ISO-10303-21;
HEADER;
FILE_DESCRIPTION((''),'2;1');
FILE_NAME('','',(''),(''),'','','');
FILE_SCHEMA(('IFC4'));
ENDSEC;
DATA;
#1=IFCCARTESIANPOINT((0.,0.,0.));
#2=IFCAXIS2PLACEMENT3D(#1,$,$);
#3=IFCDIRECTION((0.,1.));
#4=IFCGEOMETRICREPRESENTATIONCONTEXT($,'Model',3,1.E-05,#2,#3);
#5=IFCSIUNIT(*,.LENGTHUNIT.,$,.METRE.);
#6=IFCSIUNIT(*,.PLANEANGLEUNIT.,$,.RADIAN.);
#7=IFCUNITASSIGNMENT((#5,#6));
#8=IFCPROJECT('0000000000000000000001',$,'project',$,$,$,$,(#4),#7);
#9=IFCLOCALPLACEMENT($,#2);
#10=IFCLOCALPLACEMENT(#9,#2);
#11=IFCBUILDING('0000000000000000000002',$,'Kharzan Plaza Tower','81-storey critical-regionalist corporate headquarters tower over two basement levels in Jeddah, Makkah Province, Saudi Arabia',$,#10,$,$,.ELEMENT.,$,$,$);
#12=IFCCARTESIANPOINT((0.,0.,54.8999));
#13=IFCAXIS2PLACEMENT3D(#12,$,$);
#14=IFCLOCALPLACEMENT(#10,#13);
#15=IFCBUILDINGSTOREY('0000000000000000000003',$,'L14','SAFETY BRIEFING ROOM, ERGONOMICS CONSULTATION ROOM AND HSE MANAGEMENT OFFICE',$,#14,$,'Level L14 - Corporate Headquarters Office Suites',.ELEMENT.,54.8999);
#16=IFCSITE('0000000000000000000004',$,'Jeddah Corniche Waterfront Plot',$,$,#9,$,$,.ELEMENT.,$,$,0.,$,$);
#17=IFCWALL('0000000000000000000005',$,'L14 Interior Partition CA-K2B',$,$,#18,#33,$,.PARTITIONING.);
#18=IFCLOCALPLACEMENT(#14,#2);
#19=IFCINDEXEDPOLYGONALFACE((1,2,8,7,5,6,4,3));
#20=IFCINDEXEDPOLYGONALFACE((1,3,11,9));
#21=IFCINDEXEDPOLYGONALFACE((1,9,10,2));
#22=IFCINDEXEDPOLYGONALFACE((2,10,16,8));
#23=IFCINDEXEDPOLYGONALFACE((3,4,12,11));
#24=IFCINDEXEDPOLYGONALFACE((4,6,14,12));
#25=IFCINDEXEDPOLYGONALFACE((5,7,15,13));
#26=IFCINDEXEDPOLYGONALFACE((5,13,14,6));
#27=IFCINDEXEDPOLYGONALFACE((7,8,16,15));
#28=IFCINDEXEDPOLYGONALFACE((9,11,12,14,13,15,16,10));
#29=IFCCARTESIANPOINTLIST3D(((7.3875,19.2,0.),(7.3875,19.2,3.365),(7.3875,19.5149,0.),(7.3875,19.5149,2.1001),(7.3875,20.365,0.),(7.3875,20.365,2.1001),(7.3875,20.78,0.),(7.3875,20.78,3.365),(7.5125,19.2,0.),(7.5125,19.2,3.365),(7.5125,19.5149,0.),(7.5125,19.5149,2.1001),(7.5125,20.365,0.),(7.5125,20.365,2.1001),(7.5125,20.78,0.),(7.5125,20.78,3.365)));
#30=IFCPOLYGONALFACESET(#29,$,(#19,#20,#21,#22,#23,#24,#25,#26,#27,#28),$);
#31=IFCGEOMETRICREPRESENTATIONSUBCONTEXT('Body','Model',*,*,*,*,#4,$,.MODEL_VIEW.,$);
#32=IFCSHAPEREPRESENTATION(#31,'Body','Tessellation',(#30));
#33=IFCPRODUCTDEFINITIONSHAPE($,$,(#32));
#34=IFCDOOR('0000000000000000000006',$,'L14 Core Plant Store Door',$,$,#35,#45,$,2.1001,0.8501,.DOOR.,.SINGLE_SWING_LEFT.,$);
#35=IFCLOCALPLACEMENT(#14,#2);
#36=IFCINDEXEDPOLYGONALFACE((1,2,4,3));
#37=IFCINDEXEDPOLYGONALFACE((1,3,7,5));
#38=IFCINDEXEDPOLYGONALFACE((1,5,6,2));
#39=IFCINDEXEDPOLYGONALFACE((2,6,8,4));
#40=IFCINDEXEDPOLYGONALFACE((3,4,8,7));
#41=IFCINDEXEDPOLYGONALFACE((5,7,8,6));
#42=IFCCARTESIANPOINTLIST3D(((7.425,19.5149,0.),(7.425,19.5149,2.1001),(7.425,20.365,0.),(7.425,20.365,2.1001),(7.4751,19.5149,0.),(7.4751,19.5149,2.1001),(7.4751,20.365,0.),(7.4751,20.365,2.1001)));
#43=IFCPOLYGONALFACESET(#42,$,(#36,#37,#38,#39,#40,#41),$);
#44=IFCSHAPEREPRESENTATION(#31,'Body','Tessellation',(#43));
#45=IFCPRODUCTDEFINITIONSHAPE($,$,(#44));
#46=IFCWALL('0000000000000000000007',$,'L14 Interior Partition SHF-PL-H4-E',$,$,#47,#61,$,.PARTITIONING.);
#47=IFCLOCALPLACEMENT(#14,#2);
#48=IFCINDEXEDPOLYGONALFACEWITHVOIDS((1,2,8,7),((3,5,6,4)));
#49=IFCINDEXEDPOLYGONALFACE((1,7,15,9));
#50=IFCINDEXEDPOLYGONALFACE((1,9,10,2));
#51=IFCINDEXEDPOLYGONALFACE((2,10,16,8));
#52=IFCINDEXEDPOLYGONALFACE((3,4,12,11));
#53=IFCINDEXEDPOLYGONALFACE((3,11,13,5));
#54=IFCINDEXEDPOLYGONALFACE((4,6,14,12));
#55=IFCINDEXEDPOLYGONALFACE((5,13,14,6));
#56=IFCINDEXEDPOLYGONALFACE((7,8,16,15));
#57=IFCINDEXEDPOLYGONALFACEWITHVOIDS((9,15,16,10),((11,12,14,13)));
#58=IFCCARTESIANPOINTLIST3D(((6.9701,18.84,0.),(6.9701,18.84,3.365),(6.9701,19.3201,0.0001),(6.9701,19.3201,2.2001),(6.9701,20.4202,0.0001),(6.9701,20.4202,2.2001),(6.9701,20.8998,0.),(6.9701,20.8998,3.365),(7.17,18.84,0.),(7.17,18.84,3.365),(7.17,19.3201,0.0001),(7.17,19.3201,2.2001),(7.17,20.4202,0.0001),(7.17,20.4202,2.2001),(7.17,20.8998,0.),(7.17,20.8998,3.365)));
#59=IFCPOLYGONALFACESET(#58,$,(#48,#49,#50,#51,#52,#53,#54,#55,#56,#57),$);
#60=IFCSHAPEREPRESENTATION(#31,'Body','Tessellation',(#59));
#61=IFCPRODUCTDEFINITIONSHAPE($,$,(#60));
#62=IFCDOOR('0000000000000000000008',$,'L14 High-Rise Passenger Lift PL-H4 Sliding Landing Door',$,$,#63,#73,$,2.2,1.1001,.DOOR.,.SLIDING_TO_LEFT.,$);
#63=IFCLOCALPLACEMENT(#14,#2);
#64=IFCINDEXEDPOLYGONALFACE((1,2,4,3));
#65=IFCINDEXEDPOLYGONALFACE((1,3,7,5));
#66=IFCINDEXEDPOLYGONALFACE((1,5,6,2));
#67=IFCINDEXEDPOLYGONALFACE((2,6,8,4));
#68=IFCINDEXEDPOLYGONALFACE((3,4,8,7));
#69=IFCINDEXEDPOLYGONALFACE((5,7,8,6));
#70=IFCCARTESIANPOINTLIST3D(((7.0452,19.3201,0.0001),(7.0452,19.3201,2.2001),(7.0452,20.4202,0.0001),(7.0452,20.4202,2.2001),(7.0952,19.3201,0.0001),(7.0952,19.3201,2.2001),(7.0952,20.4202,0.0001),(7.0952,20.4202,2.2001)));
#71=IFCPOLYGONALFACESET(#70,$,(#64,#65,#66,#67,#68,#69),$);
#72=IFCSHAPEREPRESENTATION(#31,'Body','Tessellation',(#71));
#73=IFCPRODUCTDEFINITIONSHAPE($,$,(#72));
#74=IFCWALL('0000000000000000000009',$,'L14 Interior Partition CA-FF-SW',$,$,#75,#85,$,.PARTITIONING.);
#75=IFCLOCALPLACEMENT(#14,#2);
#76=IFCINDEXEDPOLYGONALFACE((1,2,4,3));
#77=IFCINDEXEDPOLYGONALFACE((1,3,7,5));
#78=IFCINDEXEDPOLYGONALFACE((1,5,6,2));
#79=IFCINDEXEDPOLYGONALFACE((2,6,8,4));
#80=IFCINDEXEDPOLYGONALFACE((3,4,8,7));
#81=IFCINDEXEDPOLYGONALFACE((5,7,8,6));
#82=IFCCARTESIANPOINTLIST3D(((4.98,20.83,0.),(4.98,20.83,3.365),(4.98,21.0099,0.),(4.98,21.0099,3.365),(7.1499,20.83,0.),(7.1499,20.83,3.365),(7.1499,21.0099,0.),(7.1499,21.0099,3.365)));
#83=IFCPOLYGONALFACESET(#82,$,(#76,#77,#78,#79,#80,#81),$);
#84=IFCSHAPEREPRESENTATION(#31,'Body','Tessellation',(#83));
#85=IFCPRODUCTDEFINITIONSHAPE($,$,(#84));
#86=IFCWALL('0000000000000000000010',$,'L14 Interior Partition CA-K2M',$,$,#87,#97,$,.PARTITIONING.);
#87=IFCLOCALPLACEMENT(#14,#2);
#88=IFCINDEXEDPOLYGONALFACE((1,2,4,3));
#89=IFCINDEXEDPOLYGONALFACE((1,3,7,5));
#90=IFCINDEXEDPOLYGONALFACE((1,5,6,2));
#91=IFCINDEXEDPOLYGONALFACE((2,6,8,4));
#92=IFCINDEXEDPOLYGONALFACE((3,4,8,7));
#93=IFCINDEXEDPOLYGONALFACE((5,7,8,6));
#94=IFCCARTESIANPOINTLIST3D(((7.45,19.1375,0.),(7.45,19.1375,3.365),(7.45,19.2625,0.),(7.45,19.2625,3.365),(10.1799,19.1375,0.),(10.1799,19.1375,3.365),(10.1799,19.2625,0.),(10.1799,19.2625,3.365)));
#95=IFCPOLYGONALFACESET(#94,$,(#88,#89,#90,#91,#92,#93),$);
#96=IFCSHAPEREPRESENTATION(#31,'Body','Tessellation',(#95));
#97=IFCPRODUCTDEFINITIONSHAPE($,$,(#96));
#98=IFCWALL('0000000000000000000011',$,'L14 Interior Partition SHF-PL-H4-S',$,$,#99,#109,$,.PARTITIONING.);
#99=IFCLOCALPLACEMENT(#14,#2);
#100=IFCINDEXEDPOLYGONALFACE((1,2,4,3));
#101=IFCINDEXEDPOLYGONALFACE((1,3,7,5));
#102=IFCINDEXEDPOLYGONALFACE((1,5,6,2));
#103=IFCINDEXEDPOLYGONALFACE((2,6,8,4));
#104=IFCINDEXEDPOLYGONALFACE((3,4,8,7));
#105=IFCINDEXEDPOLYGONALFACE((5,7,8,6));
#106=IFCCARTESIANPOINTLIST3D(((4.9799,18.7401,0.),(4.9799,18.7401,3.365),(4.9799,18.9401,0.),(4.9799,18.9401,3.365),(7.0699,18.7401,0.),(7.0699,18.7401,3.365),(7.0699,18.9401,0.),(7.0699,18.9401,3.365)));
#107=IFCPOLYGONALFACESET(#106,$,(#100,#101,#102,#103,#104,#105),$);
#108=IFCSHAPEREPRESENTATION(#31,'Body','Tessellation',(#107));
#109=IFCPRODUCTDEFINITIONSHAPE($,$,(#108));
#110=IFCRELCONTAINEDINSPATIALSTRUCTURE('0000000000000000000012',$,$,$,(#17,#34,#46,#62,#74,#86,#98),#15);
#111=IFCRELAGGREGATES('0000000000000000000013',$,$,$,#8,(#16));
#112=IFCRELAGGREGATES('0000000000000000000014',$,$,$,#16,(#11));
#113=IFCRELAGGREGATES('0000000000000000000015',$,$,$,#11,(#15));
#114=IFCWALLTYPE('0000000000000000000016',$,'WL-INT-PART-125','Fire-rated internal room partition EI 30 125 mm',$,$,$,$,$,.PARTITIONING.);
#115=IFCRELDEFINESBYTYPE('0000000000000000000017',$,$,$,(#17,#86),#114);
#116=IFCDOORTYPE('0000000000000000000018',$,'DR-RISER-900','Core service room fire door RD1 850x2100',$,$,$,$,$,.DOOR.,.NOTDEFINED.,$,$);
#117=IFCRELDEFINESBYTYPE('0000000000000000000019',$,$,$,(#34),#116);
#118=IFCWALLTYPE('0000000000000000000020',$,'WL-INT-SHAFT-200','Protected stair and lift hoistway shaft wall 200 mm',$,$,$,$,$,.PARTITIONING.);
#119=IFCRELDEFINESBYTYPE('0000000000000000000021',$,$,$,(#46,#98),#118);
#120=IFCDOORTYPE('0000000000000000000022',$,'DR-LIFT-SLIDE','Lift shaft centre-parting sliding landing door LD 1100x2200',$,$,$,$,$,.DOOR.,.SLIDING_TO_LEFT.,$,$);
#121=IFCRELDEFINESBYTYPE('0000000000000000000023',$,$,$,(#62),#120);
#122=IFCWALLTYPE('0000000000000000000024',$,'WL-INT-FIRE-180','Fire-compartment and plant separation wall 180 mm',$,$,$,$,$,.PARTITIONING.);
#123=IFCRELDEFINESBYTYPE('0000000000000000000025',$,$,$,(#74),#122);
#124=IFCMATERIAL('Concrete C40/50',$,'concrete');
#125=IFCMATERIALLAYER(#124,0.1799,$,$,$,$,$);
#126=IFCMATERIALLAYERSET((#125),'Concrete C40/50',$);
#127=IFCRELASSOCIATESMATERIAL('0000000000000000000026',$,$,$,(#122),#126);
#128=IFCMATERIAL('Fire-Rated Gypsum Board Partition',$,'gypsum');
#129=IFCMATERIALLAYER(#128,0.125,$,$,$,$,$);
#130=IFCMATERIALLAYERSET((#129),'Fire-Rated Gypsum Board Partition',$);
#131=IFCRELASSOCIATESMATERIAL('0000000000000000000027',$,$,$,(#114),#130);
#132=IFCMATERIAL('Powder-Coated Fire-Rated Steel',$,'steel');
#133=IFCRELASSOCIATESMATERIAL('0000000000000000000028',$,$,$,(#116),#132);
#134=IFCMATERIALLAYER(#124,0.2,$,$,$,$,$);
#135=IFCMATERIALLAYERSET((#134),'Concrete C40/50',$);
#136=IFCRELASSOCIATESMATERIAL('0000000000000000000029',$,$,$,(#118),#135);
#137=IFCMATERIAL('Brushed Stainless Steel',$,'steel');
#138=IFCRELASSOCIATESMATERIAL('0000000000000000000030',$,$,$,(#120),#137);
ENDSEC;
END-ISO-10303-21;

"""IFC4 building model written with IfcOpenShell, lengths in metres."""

from ifc_helpers import new_model, si_unit, direction, frame, frame_2d, origin, place, context, subcontext, project, spatial, rectangle, extrude, source, transform, mapped, material, layer, layer_set, type_object, element, fill, save


model = new_model("IFC4")

# Units and contexts
model_context = context("Model", 3, precision=1e-05, world=origin(), true_north=direction((0.0, 1.0)))
body_context = subcontext(model_context, "Body", "Model", "MODEL_VIEW")
ifc_project = project(units=[si_unit("LENGTHUNIT", "METRE"), si_unit("PLANEANGLEUNIT", "RADIAN")], contexts=[model_context])

# Site, building, storey
site_placement = place(None, origin())
site = spatial("IfcSite", under=ifc_project, at=site_placement, Name="Jeddah Corniche Waterfront Plot", CompositionType="ELEMENT", RefElevation=0.0)
building_placement = place(site_placement, origin())
building = spatial("IfcBuilding", under=site, at=building_placement, Name="Kharzan Plaza Tower", Description="81-storey critical-regionalist corporate headquarters tower over two basement levels in Jeddah, Makkah Province, Saudi Arabia", CompositionType="ELEMENT")
storey_placement = place(building_placement, frame((0.0, 0.0, 54.8999)))
storey = spatial("IfcBuildingStorey", under=building, at=storey_placement, Name="L14", Description="SAFETY BRIEFING ROOM, ERGONOMICS CONSULTATION ROOM AND HSE MANAGEMENT OFFICE", LongName="Level L14 - Corporate Headquarters Office Suites", CompositionType="ELEMENT", Elevation=54.8999)

# Shared definitions
ifc_material_1 = material(Name="Concrete C40/50", Category="concrete")

# Walls, openings, doors
ifc_layer_1 = layer(ifc_material_1, 0.1799)
ifc_layer_set_1 = layer_set([ifc_layer_1], Name="Concrete C40/50")
wall_type_1 = type_object("IfcWallType", Name="WL-INT-FIRE-180", Description="Fire-compartment and plant separation wall 180 mm", PredefinedType="PARTITIONING", material=ifc_layer_set_1)
ifc_material_2 = material(Name="Fire-Rated Gypsum Board Partition", Category="gypsum")
ifc_layer_2 = layer(ifc_material_2, 0.125)
ifc_layer_set_2 = layer_set([ifc_layer_2], Name="Fire-Rated Gypsum Board Partition")
wall_type_2 = type_object("IfcWallType", Name="WL-INT-PART-125", Description="Fire-rated internal room partition EI 30 125 mm", PredefinedType="PARTITIONING", material=ifc_layer_set_2)
wall_1_placement = place(storey_placement, frame((7.45, 19.2, 0.0), z_axis=(0.0, 0.0, 1.0), x_axis=(0.0, 1.0, 0.0)))
wall_1 = element("IfcWall", 1, at=wall_1_placement, inside=storey, type_object=wall_type_2, Name="L14 Interior Partition CA-K2B", PredefinedType="PARTITIONING", context=body_context, shape_type="SweptSolid", body=[
    extrude(rectangle(XDim=1.5801, YDim=0.125, at=frame_2d((0.79, 0.0))), origin(), (0.0, 0.0, 1.0), 3.365),
])
opening_1_placement = place(wall_1_placement, frame((0.3149, 0.0, 0.0)))
opening_1 = element("IfcOpeningElement", 2, at=opening_1_placement, cuts=wall_1, PredefinedType="OPENING", context=body_context, shape_type="SweptSolid", body=[
    extrude(rectangle(XDim=0.8501, YDim=2.1001, at=frame_2d((0.425, 1.05))), frame((0.0, 0.0725, 0.0), z_axis=(0.0, -1.0, 0.0), x_axis=(1.0, 0.0, 0.0)), (0.0, 0.0, 1.0), 0.145),
])
ifc_material_3 = material(Name="Powder-Coated Fire-Rated Steel", Category="steel")
door_type_1 = type_object("IfcDoorType", Name="DR-RISER-900", Description="Core service room fire door RD1 850x2100", OperationType="NOTDEFINED", PredefinedType="DOOR", material=ifc_material_3)
shared_shape_1 = source(origin(), body_context, "Body", "SweptSolid", [
    extrude(rectangle(XDim=0.8501, YDim=2.1001, at=frame_2d((0.425, 1.05))), frame((0.0, 0.0249, 0.0), z_axis=(0.0, -1.0, 0.0), x_axis=(1.0, 0.0, 0.0)), (0.0, 0.0, 1.0), 0.05),
])
door_1_placement = place(opening_1_placement, origin())
door_1 = element("IfcDoor", 3, at=door_1_placement, inside=storey, type_object=door_type_1, Name="L14 Core Plant Store Door", OperationType="SINGLE_SWING_LEFT", OverallHeight=2.1001, OverallWidth=0.8501, PredefinedType="DOOR", context=body_context, shape_type="MappedRepresentation", body=[
    mapped(shared_shape_1, transform((0.0, 0.0, 0.0), x_axis=(1.0, 0.0, 0.0), y_axis=(0.0, 1.0, 0.0), z_axis=(0.0, 0.0, 1.0))),
])
fill(opening_1, door_1)
ifc_layer_3 = layer(ifc_material_1, 0.2)
ifc_layer_set_3 = layer_set([ifc_layer_3], Name="Concrete C40/50")
wall_type_3 = type_object("IfcWallType", Name="WL-INT-SHAFT-200", Description="Protected stair and lift hoistway shaft wall 200 mm", PredefinedType="PARTITIONING", material=ifc_layer_set_3)
wall_2_placement = place(storey_placement, frame((7.0701, 18.8401, 0.0), z_axis=(0.0, 0.0, 1.0), x_axis=(0.0, 1.0, 0.0)))
wall_2 = element("IfcWall", 4, at=wall_2_placement, inside=storey, type_object=wall_type_3, Name="L14 Interior Partition SHF-PL-H4-E", PredefinedType="PARTITIONING", context=body_context, shape_type="SweptSolid", body=[
    extrude(rectangle(XDim=2.0598, YDim=0.2, at=frame_2d((1.0298, 0.0))), origin(), (0.0, 0.0, 1.0), 3.365),
])
opening_2_placement = place(wall_2_placement, frame((0.48, 0.0, 0.0)))
opening_2 = element("IfcOpeningElement", 5, at=opening_2_placement, cuts=wall_2, PredefinedType="OPENING", context=body_context, shape_type="SweptSolid", body=[
    extrude(rectangle(XDim=1.1001, YDim=2.2, at=frame_2d((0.55, 1.1001))), frame((0.0, 0.1099, 0.0), z_axis=(0.0, -1.0, 0.0), x_axis=(1.0, 0.0, 0.0)), (0.0, 0.0, 1.0), 0.22),
])
ifc_material_4 = material(Name="Brushed Stainless Steel", Category="steel")
door_type_2 = type_object("IfcDoorType", Name="DR-LIFT-SLIDE", Description="Lift shaft centre-parting sliding landing door LD 1100x2200", OperationType="SLIDING_TO_LEFT", PredefinedType="DOOR", material=ifc_material_4)
shared_shape_2 = source(origin(), body_context, "Body", "SweptSolid", [
    extrude(rectangle(XDim=1.1001, YDim=2.2, at=frame_2d((0.55, 1.1001))), frame((0.0, 0.0249, 0.0), z_axis=(0.0, -1.0, 0.0), x_axis=(1.0, 0.0, 0.0)), (0.0, 0.0, 1.0), 0.05),
])
door_2_placement = place(opening_2_placement, origin())
door_2 = element("IfcDoor", 6, at=door_2_placement, inside=storey, type_object=door_type_2, Name="L14 High-Rise Passenger Lift PL-H4 Sliding Landing Door", OperationType="SLIDING_TO_LEFT", OverallHeight=2.2, OverallWidth=1.1001, PredefinedType="DOOR", context=body_context, shape_type="MappedRepresentation", body=[
    mapped(shared_shape_2, transform((0.0, 0.0, 0.0), x_axis=(1.0, 0.0, 0.0), y_axis=(0.0, 1.0, 0.0), z_axis=(0.0, 0.0, 1.0))),
])
fill(opening_2, door_2)

# Walls
shared_shape_3 = source(origin(), body_context, "Body", "SweptSolid", [
    extrude(rectangle(XDim=2.1699, YDim=0.1799, at=frame_2d((1.085, 0.0))), origin(), (0.0, 0.0, 1.0), 3.365),
])
wall_3_placement = place(storey_placement, frame((4.98, 20.9199, 0.0), z_axis=(0.0, 0.0, 1.0), x_axis=(1.0, 0.0, 0.0)))
element("IfcWall", 7, at=wall_3_placement, inside=storey, type_object=wall_type_1, Name="L14 Interior Partition CA-FF-SW", PredefinedType="PARTITIONING", context=body_context, shape_type="MappedRepresentation", body=[
    mapped(shared_shape_3, transform((0.0, 0.0, 0.0), x_axis=(1.0, 0.0, 0.0), y_axis=(0.0, 1.0, 0.0), z_axis=(0.0, 0.0, 1.0))),
])
shared_shape_4 = source(origin(), body_context, "Body", "SweptSolid", [
    extrude(rectangle(XDim=2.73, YDim=0.125, at=frame_2d((1.365, 0.0))), origin(), (0.0, 0.0, 1.0), 3.365),
])
wall_4_placement = place(storey_placement, frame((7.45, 19.2, 0.0), z_axis=(0.0, 0.0, 1.0), x_axis=(1.0, 0.0, 0.0)))
element("IfcWall", 8, at=wall_4_placement, inside=storey, type_object=wall_type_2, Name="L14 Interior Partition CA-K2M", PredefinedType="PARTITIONING", context=body_context, shape_type="MappedRepresentation", body=[
    mapped(shared_shape_4, transform((0.0, 0.0, 0.0), x_axis=(1.0, 0.0, 0.0), y_axis=(0.0, 1.0, 0.0), z_axis=(0.0, 0.0, 1.0))),
])
shared_shape_5 = source(origin(), body_context, "Body", "SweptSolid", [
    extrude(rectangle(XDim=2.0901, YDim=0.2, at=frame_2d((1.0449, 0.0))), origin(), (0.0, 0.0, 1.0), 3.365),
])
wall_5_placement = place(storey_placement, frame((4.98, 18.8401, 0.0), z_axis=(0.0, 0.0, 1.0), x_axis=(1.0, 0.0, 0.0)))
element("IfcWall", 9, at=wall_5_placement, inside=storey, type_object=wall_type_3, Name="L14 Interior Partition SHF-PL-H4-S", PredefinedType="PARTITIONING", context=body_context, shape_type="MappedRepresentation", body=[
    mapped(shared_shape_5, transform((0.0, 0.0, 0.0), x_axis=(1.0, 0.0, 0.0), y_axis=(0.0, 1.0, 0.0), z_axis=(0.0, 0.0, 1.0))),
])

save(model, "model.ifc")
